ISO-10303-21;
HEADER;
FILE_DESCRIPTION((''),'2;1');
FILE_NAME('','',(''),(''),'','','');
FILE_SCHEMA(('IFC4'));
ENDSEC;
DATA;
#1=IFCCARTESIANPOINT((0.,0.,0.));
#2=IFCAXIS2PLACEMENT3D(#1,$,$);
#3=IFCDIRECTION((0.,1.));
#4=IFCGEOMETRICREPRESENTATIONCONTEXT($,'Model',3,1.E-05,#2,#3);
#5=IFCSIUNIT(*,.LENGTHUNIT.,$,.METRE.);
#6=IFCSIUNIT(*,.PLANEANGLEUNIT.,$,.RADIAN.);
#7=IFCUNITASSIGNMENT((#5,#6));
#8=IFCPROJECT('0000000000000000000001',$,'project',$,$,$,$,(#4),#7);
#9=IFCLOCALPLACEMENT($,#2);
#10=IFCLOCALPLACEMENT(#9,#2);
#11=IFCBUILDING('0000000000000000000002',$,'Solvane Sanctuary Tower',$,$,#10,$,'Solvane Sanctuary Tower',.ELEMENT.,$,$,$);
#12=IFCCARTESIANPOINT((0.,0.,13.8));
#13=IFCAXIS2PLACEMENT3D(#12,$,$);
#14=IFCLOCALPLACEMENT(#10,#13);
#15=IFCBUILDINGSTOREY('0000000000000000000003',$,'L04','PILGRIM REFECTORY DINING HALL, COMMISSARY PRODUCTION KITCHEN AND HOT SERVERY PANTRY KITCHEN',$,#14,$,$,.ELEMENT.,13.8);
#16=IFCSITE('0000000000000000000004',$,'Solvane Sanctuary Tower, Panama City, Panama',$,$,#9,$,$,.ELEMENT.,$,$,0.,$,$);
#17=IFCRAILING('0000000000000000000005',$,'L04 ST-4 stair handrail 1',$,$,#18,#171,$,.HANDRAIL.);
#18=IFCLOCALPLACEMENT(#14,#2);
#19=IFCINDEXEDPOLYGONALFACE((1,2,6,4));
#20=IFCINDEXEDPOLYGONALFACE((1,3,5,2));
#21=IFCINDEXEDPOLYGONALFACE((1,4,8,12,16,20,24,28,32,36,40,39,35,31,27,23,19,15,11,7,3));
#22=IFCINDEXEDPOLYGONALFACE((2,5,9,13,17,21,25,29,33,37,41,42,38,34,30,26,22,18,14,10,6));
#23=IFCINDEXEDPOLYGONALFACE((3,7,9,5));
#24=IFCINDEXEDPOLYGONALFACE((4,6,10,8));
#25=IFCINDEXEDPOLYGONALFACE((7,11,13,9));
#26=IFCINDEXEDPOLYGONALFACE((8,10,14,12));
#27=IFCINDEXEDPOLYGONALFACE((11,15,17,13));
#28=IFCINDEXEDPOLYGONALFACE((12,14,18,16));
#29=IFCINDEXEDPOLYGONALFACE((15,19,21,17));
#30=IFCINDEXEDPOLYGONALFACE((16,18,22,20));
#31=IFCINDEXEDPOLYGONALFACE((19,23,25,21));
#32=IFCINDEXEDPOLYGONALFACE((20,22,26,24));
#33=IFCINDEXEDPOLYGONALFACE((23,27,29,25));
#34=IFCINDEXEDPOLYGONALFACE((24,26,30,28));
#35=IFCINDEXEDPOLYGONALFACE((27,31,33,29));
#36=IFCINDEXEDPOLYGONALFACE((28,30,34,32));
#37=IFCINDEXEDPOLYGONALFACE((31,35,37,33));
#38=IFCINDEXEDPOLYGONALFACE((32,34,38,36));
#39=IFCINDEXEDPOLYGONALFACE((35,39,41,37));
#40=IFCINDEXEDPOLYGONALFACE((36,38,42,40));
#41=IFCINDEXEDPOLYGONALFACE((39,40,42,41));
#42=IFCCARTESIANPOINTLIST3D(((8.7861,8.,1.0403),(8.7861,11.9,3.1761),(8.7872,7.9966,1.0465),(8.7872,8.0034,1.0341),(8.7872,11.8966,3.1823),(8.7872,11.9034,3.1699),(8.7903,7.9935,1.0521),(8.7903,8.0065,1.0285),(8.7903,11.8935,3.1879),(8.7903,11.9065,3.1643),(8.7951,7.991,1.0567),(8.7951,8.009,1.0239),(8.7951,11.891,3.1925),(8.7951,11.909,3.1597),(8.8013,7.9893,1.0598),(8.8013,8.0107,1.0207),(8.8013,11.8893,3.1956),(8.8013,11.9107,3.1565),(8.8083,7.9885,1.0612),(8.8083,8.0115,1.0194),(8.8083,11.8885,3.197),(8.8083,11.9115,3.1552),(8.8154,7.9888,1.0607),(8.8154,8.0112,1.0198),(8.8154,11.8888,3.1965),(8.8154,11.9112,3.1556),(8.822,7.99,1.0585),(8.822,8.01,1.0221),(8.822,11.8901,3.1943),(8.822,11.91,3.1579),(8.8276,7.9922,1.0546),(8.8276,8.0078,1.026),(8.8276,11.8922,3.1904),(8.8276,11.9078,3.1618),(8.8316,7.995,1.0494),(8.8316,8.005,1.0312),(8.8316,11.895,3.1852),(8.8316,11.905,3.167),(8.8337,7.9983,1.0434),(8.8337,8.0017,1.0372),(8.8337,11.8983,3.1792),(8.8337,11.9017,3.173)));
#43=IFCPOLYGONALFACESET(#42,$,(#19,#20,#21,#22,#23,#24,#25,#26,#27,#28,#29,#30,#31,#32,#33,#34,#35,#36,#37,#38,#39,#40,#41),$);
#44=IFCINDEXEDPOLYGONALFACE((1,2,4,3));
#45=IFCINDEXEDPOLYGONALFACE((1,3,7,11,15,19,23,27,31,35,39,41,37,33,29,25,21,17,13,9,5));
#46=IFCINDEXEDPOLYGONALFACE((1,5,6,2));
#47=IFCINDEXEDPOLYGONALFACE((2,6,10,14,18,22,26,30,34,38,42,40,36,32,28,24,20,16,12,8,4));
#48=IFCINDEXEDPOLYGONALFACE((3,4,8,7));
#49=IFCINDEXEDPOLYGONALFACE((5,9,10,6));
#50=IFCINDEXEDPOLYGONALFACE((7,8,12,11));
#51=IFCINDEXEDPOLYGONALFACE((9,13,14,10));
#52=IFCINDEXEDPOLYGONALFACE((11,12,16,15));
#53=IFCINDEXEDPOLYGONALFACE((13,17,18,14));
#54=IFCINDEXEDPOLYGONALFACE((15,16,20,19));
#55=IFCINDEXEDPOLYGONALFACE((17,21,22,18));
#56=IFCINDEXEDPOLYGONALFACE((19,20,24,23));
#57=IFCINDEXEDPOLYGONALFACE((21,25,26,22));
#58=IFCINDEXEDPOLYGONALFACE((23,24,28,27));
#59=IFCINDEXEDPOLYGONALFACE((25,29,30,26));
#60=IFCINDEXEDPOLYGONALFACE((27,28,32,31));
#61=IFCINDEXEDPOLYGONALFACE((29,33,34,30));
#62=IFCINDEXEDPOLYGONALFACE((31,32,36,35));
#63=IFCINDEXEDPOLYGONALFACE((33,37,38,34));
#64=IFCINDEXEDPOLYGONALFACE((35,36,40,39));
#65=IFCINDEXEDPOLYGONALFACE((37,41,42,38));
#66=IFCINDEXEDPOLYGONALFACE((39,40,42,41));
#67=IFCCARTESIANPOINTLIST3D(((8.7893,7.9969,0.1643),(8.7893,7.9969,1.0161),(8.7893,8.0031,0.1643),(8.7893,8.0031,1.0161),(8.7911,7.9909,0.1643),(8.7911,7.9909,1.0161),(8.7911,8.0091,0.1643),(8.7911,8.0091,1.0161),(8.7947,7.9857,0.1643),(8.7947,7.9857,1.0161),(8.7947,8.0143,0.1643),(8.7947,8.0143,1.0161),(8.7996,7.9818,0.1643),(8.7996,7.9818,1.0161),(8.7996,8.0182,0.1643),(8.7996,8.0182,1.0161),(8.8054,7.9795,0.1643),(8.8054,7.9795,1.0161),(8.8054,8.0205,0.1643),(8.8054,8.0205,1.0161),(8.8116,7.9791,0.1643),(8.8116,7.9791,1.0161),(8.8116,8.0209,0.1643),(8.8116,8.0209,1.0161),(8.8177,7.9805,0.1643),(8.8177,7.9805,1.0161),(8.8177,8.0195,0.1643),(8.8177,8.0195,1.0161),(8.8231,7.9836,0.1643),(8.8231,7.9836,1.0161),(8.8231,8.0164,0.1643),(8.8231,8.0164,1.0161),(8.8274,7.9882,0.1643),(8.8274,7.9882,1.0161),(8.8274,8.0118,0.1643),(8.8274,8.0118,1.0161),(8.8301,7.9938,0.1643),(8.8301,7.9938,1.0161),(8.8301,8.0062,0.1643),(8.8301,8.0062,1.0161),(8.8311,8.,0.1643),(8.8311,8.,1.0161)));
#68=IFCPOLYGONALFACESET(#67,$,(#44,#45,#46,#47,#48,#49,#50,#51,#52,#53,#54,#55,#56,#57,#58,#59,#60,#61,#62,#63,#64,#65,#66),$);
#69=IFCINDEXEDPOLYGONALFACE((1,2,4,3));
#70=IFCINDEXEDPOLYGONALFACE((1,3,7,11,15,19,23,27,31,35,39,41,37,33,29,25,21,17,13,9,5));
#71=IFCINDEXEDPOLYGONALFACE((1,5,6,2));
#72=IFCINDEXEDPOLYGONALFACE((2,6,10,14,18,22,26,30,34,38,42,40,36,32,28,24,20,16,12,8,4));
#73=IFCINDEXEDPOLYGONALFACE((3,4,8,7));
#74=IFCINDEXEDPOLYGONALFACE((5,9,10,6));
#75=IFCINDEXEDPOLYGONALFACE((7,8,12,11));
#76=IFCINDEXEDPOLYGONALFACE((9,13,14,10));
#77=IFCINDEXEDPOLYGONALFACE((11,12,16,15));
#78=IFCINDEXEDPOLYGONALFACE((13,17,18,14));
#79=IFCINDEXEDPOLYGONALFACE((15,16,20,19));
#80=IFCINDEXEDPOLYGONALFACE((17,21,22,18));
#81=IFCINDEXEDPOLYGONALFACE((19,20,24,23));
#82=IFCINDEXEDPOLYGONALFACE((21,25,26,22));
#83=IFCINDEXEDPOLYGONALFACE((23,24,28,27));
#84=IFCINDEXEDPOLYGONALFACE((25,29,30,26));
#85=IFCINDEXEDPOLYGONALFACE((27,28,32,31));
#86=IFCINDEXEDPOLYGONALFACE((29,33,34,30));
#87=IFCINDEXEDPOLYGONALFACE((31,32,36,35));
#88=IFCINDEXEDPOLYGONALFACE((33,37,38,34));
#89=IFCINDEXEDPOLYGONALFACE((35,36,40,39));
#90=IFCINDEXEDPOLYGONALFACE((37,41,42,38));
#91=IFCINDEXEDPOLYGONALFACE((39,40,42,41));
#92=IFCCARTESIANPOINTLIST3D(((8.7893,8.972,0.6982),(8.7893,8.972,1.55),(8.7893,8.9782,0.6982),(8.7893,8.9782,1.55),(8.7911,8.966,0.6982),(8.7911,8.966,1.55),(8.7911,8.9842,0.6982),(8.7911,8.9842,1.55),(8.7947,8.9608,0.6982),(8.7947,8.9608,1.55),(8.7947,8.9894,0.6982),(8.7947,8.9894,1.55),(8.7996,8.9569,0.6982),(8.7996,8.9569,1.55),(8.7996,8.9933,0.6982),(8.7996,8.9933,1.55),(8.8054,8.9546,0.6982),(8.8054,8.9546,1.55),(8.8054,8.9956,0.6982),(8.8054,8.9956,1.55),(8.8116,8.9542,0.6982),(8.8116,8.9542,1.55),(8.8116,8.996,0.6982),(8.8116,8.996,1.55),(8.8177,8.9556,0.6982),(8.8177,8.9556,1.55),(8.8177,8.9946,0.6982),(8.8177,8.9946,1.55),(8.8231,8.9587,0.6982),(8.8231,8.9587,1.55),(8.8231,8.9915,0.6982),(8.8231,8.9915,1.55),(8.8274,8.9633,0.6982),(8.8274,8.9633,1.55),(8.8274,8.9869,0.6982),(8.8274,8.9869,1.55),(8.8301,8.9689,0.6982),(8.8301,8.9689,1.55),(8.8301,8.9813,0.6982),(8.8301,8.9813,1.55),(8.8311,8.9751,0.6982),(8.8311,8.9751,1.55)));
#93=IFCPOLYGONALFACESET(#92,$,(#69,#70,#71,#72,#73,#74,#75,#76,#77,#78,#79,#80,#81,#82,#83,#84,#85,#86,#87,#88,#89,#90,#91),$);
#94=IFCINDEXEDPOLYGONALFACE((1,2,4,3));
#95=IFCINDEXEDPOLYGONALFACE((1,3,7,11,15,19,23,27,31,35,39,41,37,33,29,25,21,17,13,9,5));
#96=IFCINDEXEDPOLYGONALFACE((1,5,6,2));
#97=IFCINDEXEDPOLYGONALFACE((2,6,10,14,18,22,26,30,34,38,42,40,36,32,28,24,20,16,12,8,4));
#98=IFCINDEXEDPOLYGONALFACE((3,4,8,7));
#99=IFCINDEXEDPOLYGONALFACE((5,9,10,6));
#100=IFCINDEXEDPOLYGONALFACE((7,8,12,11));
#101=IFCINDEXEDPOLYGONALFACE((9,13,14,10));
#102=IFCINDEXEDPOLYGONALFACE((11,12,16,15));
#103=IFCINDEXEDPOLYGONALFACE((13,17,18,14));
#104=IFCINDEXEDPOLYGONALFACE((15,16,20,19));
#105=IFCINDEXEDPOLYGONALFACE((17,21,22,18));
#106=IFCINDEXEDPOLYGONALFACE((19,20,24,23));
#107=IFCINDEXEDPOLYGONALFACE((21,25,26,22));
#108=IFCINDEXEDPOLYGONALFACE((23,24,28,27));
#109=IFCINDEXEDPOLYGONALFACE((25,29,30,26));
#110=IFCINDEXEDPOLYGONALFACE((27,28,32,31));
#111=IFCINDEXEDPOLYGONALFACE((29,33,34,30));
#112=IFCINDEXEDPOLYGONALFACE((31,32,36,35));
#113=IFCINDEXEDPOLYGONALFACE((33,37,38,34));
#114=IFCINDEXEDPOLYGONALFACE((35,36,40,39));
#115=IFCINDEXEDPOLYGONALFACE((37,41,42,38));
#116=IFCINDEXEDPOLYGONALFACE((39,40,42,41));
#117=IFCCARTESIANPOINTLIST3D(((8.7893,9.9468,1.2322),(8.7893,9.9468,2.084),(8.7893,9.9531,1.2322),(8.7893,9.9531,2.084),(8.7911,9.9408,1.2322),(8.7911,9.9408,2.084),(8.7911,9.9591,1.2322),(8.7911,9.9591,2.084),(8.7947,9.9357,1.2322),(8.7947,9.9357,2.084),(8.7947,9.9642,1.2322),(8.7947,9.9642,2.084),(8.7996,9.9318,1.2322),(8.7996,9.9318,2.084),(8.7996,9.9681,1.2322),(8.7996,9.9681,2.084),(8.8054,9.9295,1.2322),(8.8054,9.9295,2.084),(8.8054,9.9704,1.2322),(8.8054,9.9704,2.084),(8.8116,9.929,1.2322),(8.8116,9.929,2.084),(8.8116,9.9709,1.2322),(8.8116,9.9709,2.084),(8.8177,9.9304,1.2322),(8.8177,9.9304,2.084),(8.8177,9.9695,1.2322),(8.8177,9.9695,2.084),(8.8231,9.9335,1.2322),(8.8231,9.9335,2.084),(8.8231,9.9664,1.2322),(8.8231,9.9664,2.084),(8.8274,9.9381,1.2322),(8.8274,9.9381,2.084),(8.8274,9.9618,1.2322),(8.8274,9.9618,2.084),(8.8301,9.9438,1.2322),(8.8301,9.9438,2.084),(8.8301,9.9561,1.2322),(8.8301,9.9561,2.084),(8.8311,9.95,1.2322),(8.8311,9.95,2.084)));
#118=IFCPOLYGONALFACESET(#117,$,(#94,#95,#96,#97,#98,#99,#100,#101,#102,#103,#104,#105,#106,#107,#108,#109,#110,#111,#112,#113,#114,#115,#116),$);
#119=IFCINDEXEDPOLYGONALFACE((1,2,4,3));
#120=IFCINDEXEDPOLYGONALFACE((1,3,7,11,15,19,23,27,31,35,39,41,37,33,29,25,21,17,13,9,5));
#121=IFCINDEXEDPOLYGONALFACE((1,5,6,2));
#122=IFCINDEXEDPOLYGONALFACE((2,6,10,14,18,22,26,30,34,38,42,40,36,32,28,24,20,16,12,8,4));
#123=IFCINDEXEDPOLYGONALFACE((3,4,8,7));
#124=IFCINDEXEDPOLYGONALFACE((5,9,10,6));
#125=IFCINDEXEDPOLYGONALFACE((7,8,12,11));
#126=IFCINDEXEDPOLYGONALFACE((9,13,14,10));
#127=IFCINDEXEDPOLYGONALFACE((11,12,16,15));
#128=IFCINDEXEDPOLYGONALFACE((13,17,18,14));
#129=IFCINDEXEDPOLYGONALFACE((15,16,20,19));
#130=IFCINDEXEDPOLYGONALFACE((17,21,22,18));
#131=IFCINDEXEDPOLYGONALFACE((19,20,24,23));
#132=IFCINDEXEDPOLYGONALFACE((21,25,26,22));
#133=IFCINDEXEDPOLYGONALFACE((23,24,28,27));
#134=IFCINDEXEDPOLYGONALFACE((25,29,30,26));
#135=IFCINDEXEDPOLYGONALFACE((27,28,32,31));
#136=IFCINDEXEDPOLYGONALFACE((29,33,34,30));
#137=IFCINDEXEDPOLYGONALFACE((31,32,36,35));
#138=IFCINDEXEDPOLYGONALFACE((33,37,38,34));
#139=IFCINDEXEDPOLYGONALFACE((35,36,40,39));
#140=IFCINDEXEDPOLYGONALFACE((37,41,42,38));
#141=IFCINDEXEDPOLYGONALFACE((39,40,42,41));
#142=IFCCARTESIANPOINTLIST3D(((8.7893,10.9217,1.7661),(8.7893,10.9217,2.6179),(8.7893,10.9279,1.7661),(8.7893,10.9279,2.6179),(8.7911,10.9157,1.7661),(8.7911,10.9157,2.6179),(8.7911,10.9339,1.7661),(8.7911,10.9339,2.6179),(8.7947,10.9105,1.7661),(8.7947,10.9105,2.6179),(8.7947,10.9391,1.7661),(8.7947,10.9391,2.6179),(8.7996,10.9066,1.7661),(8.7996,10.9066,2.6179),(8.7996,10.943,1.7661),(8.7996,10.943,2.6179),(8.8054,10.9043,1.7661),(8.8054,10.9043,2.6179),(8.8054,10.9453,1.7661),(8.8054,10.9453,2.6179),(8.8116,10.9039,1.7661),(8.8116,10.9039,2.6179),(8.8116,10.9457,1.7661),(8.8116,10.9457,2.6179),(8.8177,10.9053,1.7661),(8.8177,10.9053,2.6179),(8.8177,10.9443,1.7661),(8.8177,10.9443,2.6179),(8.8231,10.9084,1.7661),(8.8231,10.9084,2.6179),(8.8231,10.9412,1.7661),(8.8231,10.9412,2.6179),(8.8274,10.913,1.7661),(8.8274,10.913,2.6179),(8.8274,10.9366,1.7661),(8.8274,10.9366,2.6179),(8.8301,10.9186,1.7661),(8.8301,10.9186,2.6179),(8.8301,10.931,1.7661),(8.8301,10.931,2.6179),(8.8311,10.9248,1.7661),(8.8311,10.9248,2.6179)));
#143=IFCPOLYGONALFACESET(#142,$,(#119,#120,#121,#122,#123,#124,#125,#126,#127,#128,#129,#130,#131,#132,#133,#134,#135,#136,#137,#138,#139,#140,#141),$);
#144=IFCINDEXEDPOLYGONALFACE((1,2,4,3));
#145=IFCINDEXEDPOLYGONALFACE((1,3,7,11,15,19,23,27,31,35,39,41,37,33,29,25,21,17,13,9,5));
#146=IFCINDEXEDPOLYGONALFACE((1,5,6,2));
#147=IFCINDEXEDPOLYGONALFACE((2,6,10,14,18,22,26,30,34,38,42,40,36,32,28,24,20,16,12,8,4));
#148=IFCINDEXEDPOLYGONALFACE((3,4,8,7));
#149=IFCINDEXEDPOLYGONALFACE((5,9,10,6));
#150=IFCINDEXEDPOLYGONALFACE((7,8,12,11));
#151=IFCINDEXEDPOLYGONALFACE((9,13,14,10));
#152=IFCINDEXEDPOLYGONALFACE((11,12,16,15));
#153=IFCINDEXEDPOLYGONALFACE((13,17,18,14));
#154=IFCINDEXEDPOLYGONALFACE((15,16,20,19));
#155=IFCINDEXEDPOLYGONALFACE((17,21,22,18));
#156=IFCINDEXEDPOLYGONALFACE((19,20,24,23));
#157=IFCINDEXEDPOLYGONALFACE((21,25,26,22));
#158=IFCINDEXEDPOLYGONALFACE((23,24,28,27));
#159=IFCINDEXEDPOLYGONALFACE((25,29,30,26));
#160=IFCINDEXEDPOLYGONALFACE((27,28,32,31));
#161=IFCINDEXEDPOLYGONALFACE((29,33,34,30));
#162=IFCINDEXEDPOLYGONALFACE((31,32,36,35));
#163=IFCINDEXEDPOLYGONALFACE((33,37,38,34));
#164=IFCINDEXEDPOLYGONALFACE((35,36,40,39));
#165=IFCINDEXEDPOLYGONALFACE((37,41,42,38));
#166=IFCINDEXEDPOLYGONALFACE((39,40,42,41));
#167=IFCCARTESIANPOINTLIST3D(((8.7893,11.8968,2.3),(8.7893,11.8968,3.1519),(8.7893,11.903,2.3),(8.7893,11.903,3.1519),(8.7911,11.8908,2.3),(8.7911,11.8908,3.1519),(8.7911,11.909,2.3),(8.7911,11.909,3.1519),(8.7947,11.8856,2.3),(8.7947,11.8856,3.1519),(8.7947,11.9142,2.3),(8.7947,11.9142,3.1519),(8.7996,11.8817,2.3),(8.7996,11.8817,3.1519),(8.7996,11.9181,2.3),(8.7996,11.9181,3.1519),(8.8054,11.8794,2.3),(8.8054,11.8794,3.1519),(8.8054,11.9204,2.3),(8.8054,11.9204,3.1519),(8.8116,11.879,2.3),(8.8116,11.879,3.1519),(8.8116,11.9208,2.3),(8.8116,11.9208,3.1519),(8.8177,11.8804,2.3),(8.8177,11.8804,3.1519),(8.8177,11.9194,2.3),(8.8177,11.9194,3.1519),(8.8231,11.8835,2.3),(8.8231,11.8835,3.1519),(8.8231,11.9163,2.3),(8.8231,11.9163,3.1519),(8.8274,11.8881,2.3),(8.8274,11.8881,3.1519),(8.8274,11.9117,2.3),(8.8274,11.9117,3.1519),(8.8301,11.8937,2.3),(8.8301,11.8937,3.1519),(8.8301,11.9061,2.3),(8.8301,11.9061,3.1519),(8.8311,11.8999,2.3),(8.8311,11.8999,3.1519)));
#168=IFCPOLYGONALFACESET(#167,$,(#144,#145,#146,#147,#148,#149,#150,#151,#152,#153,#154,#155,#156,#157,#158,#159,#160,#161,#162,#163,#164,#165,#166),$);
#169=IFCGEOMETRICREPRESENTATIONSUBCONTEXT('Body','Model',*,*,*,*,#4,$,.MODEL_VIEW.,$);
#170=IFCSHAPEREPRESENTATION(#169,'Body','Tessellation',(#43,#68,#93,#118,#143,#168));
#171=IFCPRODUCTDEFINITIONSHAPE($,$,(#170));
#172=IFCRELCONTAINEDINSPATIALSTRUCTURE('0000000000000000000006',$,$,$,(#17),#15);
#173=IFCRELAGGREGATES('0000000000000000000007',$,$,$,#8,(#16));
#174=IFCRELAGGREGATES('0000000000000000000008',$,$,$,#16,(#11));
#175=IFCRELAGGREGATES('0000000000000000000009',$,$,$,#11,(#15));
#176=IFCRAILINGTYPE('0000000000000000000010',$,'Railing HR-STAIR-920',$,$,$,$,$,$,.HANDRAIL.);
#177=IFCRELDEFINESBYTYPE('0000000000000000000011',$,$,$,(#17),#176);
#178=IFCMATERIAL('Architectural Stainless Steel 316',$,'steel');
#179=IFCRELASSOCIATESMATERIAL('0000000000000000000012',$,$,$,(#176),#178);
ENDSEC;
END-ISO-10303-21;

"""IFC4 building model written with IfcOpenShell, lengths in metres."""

from ifc_helpers import new_model, si_unit, direction, frame, origin, origin_2d, place, context, subcontext, project, spatial, circle, extrude, material, type_object, element, save


model = new_model("IFC4")

# Units and contexts
model_context = context("Model", 3, precision=1e-05, world=origin(), true_north=direction((0.0, 1.0)))
body_context = subcontext(model_context, "Body", "Model", "MODEL_VIEW")
ifc_project = project(units=[si_unit("LENGTHUNIT", "METRE"), si_unit("PLANEANGLEUNIT", "RADIAN")], contexts=[model_context])

# Site, building, storey
site_placement = place(None, origin())
site = spatial("IfcSite", under=ifc_project, at=site_placement, Name="Solvane Sanctuary Tower, Panama City, Panama", CompositionType="ELEMENT", RefElevation=0.0)
building_placement = place(site_placement, origin())
building = spatial("IfcBuilding", under=site, at=building_placement, Name="Solvane Sanctuary Tower", LongName="Solvane Sanctuary Tower", CompositionType="ELEMENT")
storey_placement = place(building_placement, frame((0.0, 0.0, 13.8)))
storey = spatial("IfcBuildingStorey", under=building, at=storey_placement, Name="L04", Description="PILGRIM REFECTORY DINING HALL, COMMISSARY PRODUCTION KITCHEN AND HOT SERVERY PANTRY KITCHEN", CompositionType="ELEMENT", Elevation=13.8)

# Shared definitions
ifc_material_1 = material(Name="Architectural Stainless Steel 316", Category="steel")

# Railing
railing_type_1 = type_object("IfcRailingType", Name="Railing HR-STAIR-920", PredefinedType="HANDRAIL", material=ifc_material_1)
railing_1_placement = place(storey_placement, frame((8.8101, 8.0, 0.1643)))
element("IfcRailing", 1, at=railing_1_placement, inside=storey, type_object=railing_type_1, Name="L04 ST-4 stair handrail 1", PredefinedType="HANDRAIL", context=body_context, shape_type="SweptSolid", body=[
    extrude(circle(Radius=0.0239, at=origin_2d()), frame((0.0, 0.0, 0.876), z_axis=(0.0, 0.877089, 0.480329), x_axis=(-1.0, 0.0, 0.0)), (0.0, 0.0, 1.0), 4.4465),
    extrude(circle(Radius=0.021, at=origin_2d()), origin(), (0.0, 0.0, 1.0), 0.8518),
    extrude(circle(Radius=0.021, at=origin_2d()), frame((0.0, 0.9751, 0.5339)), (0.0, 0.0, 1.0), 0.8518),
    extrude(circle(Radius=0.021, at=origin_2d()), frame((0.0, 1.95, 1.0679)), (0.0, 0.0, 1.0), 0.8518),
    extrude(circle(Radius=0.021, at=origin_2d()), frame((0.0, 2.9248, 1.6018)), (0.0, 0.0, 1.0), 0.8518),
    extrude(circle(Radius=0.021, at=origin_2d()), frame((0.0, 3.8999, 2.1357)), (0.0, 0.0, 1.0), 0.8518),
])

save(model, "model.ifc")
